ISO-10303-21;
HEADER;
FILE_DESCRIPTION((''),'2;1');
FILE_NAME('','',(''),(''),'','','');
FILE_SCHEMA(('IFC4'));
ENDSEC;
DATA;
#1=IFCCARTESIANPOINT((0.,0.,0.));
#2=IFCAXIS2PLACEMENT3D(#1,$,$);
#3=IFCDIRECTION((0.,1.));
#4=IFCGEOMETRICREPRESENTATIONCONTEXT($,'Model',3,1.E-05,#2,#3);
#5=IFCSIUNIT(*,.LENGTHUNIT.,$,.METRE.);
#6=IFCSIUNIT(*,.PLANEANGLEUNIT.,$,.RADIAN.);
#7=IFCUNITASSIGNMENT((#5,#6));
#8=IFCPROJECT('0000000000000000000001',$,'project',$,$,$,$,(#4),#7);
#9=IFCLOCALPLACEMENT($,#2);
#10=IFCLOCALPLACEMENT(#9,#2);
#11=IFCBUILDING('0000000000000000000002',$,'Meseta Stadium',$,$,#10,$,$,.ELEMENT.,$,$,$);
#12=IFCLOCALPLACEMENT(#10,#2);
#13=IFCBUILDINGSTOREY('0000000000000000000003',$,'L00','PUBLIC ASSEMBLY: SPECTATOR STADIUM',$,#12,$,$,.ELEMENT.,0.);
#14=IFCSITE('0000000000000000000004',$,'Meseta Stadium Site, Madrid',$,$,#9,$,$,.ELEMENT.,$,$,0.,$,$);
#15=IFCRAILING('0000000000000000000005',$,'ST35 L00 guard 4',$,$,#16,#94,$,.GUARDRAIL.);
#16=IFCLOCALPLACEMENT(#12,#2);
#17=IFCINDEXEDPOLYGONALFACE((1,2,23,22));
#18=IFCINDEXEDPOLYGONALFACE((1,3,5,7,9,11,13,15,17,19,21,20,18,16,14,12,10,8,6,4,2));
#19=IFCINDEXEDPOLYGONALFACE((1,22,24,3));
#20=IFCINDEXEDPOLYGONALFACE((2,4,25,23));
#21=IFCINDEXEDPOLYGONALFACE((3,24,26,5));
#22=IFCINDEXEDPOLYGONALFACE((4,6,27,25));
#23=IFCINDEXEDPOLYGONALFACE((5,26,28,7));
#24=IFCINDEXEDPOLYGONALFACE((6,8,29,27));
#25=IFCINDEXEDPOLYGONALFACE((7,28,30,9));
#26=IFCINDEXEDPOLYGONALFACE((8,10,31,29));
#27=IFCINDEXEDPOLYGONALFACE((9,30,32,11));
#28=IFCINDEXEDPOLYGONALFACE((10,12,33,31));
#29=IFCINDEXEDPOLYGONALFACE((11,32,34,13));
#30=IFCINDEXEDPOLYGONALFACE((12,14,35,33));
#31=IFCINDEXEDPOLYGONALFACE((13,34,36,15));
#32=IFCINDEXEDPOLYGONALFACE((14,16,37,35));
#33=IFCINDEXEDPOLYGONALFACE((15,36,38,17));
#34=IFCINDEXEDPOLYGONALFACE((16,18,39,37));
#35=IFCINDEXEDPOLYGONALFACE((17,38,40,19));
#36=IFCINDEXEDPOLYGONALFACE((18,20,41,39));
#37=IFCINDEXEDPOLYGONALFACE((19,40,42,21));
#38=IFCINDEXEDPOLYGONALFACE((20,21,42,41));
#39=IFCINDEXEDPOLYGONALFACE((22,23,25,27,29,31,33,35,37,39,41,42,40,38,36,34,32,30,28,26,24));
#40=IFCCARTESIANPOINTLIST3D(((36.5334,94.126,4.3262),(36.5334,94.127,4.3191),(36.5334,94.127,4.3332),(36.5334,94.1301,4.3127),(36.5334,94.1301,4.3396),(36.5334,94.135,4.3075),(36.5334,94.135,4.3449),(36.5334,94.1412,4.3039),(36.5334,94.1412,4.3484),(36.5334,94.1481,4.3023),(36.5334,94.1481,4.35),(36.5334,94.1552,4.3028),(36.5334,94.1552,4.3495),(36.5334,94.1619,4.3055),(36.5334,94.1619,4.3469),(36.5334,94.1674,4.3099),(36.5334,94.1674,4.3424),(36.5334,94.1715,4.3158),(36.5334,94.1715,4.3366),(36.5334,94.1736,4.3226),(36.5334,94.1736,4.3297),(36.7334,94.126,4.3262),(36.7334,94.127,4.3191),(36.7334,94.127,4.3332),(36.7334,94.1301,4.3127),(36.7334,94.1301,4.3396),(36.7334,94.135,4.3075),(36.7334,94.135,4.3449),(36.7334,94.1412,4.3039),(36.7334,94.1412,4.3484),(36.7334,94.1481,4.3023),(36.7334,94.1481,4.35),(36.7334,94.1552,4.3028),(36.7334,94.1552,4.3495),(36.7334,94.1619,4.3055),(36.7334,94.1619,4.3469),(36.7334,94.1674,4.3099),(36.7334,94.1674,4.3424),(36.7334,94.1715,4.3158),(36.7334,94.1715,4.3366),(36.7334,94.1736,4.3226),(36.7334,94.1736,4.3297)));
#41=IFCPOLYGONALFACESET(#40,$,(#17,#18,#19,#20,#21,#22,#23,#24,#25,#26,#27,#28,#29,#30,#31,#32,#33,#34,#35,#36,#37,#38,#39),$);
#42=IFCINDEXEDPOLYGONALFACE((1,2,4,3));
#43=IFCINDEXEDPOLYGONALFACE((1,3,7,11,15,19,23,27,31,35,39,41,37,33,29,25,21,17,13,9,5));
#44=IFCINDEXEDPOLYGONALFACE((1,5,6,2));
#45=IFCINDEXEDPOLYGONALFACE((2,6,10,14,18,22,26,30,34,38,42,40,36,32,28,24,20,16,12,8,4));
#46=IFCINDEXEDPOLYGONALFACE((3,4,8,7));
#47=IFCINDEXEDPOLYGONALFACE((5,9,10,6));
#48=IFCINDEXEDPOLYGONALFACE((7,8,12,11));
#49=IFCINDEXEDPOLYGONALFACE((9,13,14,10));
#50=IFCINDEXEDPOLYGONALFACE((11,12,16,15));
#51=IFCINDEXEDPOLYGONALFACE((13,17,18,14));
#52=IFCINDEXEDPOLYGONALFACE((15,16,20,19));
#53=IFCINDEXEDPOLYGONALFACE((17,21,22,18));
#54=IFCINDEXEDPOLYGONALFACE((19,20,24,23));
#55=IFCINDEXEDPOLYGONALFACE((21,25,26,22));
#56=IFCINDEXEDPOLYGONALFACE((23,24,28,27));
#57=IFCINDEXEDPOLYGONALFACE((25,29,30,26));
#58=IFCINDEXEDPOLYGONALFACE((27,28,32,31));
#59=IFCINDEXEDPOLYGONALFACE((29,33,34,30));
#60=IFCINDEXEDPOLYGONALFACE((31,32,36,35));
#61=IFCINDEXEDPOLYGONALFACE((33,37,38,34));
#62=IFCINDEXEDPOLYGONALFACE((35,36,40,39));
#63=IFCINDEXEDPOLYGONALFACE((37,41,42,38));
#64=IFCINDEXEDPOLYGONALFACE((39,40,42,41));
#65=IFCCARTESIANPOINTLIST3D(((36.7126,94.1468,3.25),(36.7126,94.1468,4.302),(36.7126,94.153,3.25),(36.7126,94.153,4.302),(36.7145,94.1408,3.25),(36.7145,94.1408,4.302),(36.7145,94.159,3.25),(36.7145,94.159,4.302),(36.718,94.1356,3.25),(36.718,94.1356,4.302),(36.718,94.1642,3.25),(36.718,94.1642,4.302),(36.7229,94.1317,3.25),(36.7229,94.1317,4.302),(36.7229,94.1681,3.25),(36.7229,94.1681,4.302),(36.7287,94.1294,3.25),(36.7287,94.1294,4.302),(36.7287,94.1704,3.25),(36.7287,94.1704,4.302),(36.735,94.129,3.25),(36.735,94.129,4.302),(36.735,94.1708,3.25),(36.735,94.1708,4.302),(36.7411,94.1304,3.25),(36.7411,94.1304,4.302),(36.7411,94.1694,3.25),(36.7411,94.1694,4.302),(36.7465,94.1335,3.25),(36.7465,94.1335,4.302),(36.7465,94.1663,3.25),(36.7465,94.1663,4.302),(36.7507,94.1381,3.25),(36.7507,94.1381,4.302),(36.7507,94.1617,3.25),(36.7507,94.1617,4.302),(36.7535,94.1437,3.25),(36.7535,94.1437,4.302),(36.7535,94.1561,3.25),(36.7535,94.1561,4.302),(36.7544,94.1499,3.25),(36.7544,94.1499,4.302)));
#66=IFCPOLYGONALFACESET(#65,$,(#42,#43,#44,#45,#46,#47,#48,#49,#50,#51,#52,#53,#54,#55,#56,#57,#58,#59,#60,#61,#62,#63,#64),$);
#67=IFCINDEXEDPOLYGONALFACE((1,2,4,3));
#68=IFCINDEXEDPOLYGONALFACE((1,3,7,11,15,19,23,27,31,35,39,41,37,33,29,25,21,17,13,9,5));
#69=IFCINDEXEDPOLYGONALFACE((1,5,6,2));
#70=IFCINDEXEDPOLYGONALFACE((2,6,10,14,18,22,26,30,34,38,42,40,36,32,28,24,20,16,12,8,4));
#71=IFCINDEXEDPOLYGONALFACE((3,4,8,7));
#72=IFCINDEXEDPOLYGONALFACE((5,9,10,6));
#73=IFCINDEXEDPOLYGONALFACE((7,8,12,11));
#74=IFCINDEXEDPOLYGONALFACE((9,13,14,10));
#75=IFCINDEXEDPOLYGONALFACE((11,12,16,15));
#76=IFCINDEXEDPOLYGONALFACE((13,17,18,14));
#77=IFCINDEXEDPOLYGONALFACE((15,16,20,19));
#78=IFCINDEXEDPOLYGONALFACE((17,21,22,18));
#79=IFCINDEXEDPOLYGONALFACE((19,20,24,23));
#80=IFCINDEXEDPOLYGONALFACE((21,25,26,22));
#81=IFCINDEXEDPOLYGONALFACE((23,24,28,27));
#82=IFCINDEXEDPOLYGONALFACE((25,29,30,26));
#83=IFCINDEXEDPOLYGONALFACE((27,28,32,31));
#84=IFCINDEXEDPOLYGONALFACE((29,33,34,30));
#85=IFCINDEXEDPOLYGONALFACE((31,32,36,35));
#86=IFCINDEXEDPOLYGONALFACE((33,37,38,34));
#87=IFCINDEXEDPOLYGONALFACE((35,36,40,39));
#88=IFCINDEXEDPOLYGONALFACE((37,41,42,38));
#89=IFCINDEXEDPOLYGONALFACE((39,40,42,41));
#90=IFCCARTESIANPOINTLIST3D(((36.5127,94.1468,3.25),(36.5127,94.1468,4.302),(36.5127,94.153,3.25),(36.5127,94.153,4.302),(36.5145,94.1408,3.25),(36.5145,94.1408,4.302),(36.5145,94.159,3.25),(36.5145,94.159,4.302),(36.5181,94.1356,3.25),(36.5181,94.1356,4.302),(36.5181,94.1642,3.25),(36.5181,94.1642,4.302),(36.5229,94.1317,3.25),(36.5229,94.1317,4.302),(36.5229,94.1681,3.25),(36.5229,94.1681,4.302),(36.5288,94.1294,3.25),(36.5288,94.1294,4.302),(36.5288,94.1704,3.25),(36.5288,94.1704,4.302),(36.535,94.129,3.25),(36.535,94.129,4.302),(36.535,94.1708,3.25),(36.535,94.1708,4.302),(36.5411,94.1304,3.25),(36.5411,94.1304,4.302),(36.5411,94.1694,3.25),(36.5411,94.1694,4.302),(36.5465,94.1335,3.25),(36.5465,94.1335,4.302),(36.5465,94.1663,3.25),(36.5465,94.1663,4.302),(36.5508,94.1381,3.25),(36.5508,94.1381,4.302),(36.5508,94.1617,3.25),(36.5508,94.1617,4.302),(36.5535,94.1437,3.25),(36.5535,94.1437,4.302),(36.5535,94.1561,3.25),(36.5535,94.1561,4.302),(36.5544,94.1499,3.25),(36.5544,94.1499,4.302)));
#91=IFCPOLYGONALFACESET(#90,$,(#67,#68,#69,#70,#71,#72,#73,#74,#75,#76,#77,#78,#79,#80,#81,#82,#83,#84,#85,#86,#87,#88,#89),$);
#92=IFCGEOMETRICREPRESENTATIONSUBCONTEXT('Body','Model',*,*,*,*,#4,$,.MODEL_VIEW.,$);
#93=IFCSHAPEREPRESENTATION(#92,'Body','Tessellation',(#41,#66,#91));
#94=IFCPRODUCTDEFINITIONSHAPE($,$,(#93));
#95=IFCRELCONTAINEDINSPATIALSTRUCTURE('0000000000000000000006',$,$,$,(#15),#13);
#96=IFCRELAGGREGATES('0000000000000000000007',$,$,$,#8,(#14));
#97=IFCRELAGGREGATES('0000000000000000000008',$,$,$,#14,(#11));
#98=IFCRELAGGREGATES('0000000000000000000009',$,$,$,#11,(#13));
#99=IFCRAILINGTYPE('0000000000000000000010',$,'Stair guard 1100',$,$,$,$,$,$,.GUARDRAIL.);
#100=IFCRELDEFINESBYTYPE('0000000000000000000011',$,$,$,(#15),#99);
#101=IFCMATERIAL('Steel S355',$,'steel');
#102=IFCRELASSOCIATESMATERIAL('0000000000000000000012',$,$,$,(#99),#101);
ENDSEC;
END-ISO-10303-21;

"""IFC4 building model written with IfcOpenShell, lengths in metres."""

from ifc_helpers import new_model, si_unit, direction, frame, origin, origin_2d, place, context, subcontext, project, spatial, circle, extrude, material, type_object, element, save


model = new_model("IFC4")

# Units and contexts
model_context = context("Model", 3, precision=1e-05, world=origin(), true_north=direction((0.0, 1.0)))
body_context = subcontext(model_context, "Body", "Model", "MODEL_VIEW")
ifc_project = project(units=[si_unit("LENGTHUNIT", "METRE"), si_unit("PLANEANGLEUNIT", "RADIAN")], contexts=[model_context])

# Site, building, storey
site_placement = place(None, origin())
site = spatial("IfcSite", under=ifc_project, at=site_placement, Name="Meseta Stadium Site, Madrid", CompositionType="ELEMENT", RefElevation=0.0)
building_placement = place(site_placement, origin())
building = spatial("IfcBuilding", under=site, at=building_placement, Name="Meseta Stadium", CompositionType="ELEMENT")
storey_placement = place(building_placement, origin())
storey = spatial("IfcBuildingStorey", under=building, at=storey_placement, Name="L00", Description="PUBLIC ASSEMBLY: SPECTATOR STADIUM", CompositionType="ELEMENT", Elevation=0.0)

# Railing
ifc_material_1 = material(Name="Steel S355", Category="steel")
railing_type_1 = type_object("IfcRailingType", Name="Stair guard 1100", PredefinedType="GUARDRAIL", material=ifc_material_1)
railing_1_placement = place(storey_placement, frame((36.7334, 94.1499, 3.25)))
element("IfcRailing", 1, at=railing_1_placement, inside=storey, type_object=railing_type_1, Name="ST35 L00 guard 4", PredefinedType="GUARDRAIL", context=body_context, shape_type="SweptSolid", body=[
    extrude(circle(Radius=0.0239, at=origin_2d()), frame((0.0, 0.0, 1.0762), z_axis=(-1.0, 0.0, 0.0), x_axis=(0.0, -1.0, 0.0)), (0.0, 0.0, 1.0), 0.2),
    extrude(circle(Radius=0.021, at=origin_2d()), origin(), (0.0, 0.0, 1.0), 1.052),
    extrude(circle(Radius=0.021, at=origin_2d()), frame((-0.2, 0.0, 0.0)), (0.0, 0.0, 1.0), 1.052),
])

save(model, "model.ifc")
